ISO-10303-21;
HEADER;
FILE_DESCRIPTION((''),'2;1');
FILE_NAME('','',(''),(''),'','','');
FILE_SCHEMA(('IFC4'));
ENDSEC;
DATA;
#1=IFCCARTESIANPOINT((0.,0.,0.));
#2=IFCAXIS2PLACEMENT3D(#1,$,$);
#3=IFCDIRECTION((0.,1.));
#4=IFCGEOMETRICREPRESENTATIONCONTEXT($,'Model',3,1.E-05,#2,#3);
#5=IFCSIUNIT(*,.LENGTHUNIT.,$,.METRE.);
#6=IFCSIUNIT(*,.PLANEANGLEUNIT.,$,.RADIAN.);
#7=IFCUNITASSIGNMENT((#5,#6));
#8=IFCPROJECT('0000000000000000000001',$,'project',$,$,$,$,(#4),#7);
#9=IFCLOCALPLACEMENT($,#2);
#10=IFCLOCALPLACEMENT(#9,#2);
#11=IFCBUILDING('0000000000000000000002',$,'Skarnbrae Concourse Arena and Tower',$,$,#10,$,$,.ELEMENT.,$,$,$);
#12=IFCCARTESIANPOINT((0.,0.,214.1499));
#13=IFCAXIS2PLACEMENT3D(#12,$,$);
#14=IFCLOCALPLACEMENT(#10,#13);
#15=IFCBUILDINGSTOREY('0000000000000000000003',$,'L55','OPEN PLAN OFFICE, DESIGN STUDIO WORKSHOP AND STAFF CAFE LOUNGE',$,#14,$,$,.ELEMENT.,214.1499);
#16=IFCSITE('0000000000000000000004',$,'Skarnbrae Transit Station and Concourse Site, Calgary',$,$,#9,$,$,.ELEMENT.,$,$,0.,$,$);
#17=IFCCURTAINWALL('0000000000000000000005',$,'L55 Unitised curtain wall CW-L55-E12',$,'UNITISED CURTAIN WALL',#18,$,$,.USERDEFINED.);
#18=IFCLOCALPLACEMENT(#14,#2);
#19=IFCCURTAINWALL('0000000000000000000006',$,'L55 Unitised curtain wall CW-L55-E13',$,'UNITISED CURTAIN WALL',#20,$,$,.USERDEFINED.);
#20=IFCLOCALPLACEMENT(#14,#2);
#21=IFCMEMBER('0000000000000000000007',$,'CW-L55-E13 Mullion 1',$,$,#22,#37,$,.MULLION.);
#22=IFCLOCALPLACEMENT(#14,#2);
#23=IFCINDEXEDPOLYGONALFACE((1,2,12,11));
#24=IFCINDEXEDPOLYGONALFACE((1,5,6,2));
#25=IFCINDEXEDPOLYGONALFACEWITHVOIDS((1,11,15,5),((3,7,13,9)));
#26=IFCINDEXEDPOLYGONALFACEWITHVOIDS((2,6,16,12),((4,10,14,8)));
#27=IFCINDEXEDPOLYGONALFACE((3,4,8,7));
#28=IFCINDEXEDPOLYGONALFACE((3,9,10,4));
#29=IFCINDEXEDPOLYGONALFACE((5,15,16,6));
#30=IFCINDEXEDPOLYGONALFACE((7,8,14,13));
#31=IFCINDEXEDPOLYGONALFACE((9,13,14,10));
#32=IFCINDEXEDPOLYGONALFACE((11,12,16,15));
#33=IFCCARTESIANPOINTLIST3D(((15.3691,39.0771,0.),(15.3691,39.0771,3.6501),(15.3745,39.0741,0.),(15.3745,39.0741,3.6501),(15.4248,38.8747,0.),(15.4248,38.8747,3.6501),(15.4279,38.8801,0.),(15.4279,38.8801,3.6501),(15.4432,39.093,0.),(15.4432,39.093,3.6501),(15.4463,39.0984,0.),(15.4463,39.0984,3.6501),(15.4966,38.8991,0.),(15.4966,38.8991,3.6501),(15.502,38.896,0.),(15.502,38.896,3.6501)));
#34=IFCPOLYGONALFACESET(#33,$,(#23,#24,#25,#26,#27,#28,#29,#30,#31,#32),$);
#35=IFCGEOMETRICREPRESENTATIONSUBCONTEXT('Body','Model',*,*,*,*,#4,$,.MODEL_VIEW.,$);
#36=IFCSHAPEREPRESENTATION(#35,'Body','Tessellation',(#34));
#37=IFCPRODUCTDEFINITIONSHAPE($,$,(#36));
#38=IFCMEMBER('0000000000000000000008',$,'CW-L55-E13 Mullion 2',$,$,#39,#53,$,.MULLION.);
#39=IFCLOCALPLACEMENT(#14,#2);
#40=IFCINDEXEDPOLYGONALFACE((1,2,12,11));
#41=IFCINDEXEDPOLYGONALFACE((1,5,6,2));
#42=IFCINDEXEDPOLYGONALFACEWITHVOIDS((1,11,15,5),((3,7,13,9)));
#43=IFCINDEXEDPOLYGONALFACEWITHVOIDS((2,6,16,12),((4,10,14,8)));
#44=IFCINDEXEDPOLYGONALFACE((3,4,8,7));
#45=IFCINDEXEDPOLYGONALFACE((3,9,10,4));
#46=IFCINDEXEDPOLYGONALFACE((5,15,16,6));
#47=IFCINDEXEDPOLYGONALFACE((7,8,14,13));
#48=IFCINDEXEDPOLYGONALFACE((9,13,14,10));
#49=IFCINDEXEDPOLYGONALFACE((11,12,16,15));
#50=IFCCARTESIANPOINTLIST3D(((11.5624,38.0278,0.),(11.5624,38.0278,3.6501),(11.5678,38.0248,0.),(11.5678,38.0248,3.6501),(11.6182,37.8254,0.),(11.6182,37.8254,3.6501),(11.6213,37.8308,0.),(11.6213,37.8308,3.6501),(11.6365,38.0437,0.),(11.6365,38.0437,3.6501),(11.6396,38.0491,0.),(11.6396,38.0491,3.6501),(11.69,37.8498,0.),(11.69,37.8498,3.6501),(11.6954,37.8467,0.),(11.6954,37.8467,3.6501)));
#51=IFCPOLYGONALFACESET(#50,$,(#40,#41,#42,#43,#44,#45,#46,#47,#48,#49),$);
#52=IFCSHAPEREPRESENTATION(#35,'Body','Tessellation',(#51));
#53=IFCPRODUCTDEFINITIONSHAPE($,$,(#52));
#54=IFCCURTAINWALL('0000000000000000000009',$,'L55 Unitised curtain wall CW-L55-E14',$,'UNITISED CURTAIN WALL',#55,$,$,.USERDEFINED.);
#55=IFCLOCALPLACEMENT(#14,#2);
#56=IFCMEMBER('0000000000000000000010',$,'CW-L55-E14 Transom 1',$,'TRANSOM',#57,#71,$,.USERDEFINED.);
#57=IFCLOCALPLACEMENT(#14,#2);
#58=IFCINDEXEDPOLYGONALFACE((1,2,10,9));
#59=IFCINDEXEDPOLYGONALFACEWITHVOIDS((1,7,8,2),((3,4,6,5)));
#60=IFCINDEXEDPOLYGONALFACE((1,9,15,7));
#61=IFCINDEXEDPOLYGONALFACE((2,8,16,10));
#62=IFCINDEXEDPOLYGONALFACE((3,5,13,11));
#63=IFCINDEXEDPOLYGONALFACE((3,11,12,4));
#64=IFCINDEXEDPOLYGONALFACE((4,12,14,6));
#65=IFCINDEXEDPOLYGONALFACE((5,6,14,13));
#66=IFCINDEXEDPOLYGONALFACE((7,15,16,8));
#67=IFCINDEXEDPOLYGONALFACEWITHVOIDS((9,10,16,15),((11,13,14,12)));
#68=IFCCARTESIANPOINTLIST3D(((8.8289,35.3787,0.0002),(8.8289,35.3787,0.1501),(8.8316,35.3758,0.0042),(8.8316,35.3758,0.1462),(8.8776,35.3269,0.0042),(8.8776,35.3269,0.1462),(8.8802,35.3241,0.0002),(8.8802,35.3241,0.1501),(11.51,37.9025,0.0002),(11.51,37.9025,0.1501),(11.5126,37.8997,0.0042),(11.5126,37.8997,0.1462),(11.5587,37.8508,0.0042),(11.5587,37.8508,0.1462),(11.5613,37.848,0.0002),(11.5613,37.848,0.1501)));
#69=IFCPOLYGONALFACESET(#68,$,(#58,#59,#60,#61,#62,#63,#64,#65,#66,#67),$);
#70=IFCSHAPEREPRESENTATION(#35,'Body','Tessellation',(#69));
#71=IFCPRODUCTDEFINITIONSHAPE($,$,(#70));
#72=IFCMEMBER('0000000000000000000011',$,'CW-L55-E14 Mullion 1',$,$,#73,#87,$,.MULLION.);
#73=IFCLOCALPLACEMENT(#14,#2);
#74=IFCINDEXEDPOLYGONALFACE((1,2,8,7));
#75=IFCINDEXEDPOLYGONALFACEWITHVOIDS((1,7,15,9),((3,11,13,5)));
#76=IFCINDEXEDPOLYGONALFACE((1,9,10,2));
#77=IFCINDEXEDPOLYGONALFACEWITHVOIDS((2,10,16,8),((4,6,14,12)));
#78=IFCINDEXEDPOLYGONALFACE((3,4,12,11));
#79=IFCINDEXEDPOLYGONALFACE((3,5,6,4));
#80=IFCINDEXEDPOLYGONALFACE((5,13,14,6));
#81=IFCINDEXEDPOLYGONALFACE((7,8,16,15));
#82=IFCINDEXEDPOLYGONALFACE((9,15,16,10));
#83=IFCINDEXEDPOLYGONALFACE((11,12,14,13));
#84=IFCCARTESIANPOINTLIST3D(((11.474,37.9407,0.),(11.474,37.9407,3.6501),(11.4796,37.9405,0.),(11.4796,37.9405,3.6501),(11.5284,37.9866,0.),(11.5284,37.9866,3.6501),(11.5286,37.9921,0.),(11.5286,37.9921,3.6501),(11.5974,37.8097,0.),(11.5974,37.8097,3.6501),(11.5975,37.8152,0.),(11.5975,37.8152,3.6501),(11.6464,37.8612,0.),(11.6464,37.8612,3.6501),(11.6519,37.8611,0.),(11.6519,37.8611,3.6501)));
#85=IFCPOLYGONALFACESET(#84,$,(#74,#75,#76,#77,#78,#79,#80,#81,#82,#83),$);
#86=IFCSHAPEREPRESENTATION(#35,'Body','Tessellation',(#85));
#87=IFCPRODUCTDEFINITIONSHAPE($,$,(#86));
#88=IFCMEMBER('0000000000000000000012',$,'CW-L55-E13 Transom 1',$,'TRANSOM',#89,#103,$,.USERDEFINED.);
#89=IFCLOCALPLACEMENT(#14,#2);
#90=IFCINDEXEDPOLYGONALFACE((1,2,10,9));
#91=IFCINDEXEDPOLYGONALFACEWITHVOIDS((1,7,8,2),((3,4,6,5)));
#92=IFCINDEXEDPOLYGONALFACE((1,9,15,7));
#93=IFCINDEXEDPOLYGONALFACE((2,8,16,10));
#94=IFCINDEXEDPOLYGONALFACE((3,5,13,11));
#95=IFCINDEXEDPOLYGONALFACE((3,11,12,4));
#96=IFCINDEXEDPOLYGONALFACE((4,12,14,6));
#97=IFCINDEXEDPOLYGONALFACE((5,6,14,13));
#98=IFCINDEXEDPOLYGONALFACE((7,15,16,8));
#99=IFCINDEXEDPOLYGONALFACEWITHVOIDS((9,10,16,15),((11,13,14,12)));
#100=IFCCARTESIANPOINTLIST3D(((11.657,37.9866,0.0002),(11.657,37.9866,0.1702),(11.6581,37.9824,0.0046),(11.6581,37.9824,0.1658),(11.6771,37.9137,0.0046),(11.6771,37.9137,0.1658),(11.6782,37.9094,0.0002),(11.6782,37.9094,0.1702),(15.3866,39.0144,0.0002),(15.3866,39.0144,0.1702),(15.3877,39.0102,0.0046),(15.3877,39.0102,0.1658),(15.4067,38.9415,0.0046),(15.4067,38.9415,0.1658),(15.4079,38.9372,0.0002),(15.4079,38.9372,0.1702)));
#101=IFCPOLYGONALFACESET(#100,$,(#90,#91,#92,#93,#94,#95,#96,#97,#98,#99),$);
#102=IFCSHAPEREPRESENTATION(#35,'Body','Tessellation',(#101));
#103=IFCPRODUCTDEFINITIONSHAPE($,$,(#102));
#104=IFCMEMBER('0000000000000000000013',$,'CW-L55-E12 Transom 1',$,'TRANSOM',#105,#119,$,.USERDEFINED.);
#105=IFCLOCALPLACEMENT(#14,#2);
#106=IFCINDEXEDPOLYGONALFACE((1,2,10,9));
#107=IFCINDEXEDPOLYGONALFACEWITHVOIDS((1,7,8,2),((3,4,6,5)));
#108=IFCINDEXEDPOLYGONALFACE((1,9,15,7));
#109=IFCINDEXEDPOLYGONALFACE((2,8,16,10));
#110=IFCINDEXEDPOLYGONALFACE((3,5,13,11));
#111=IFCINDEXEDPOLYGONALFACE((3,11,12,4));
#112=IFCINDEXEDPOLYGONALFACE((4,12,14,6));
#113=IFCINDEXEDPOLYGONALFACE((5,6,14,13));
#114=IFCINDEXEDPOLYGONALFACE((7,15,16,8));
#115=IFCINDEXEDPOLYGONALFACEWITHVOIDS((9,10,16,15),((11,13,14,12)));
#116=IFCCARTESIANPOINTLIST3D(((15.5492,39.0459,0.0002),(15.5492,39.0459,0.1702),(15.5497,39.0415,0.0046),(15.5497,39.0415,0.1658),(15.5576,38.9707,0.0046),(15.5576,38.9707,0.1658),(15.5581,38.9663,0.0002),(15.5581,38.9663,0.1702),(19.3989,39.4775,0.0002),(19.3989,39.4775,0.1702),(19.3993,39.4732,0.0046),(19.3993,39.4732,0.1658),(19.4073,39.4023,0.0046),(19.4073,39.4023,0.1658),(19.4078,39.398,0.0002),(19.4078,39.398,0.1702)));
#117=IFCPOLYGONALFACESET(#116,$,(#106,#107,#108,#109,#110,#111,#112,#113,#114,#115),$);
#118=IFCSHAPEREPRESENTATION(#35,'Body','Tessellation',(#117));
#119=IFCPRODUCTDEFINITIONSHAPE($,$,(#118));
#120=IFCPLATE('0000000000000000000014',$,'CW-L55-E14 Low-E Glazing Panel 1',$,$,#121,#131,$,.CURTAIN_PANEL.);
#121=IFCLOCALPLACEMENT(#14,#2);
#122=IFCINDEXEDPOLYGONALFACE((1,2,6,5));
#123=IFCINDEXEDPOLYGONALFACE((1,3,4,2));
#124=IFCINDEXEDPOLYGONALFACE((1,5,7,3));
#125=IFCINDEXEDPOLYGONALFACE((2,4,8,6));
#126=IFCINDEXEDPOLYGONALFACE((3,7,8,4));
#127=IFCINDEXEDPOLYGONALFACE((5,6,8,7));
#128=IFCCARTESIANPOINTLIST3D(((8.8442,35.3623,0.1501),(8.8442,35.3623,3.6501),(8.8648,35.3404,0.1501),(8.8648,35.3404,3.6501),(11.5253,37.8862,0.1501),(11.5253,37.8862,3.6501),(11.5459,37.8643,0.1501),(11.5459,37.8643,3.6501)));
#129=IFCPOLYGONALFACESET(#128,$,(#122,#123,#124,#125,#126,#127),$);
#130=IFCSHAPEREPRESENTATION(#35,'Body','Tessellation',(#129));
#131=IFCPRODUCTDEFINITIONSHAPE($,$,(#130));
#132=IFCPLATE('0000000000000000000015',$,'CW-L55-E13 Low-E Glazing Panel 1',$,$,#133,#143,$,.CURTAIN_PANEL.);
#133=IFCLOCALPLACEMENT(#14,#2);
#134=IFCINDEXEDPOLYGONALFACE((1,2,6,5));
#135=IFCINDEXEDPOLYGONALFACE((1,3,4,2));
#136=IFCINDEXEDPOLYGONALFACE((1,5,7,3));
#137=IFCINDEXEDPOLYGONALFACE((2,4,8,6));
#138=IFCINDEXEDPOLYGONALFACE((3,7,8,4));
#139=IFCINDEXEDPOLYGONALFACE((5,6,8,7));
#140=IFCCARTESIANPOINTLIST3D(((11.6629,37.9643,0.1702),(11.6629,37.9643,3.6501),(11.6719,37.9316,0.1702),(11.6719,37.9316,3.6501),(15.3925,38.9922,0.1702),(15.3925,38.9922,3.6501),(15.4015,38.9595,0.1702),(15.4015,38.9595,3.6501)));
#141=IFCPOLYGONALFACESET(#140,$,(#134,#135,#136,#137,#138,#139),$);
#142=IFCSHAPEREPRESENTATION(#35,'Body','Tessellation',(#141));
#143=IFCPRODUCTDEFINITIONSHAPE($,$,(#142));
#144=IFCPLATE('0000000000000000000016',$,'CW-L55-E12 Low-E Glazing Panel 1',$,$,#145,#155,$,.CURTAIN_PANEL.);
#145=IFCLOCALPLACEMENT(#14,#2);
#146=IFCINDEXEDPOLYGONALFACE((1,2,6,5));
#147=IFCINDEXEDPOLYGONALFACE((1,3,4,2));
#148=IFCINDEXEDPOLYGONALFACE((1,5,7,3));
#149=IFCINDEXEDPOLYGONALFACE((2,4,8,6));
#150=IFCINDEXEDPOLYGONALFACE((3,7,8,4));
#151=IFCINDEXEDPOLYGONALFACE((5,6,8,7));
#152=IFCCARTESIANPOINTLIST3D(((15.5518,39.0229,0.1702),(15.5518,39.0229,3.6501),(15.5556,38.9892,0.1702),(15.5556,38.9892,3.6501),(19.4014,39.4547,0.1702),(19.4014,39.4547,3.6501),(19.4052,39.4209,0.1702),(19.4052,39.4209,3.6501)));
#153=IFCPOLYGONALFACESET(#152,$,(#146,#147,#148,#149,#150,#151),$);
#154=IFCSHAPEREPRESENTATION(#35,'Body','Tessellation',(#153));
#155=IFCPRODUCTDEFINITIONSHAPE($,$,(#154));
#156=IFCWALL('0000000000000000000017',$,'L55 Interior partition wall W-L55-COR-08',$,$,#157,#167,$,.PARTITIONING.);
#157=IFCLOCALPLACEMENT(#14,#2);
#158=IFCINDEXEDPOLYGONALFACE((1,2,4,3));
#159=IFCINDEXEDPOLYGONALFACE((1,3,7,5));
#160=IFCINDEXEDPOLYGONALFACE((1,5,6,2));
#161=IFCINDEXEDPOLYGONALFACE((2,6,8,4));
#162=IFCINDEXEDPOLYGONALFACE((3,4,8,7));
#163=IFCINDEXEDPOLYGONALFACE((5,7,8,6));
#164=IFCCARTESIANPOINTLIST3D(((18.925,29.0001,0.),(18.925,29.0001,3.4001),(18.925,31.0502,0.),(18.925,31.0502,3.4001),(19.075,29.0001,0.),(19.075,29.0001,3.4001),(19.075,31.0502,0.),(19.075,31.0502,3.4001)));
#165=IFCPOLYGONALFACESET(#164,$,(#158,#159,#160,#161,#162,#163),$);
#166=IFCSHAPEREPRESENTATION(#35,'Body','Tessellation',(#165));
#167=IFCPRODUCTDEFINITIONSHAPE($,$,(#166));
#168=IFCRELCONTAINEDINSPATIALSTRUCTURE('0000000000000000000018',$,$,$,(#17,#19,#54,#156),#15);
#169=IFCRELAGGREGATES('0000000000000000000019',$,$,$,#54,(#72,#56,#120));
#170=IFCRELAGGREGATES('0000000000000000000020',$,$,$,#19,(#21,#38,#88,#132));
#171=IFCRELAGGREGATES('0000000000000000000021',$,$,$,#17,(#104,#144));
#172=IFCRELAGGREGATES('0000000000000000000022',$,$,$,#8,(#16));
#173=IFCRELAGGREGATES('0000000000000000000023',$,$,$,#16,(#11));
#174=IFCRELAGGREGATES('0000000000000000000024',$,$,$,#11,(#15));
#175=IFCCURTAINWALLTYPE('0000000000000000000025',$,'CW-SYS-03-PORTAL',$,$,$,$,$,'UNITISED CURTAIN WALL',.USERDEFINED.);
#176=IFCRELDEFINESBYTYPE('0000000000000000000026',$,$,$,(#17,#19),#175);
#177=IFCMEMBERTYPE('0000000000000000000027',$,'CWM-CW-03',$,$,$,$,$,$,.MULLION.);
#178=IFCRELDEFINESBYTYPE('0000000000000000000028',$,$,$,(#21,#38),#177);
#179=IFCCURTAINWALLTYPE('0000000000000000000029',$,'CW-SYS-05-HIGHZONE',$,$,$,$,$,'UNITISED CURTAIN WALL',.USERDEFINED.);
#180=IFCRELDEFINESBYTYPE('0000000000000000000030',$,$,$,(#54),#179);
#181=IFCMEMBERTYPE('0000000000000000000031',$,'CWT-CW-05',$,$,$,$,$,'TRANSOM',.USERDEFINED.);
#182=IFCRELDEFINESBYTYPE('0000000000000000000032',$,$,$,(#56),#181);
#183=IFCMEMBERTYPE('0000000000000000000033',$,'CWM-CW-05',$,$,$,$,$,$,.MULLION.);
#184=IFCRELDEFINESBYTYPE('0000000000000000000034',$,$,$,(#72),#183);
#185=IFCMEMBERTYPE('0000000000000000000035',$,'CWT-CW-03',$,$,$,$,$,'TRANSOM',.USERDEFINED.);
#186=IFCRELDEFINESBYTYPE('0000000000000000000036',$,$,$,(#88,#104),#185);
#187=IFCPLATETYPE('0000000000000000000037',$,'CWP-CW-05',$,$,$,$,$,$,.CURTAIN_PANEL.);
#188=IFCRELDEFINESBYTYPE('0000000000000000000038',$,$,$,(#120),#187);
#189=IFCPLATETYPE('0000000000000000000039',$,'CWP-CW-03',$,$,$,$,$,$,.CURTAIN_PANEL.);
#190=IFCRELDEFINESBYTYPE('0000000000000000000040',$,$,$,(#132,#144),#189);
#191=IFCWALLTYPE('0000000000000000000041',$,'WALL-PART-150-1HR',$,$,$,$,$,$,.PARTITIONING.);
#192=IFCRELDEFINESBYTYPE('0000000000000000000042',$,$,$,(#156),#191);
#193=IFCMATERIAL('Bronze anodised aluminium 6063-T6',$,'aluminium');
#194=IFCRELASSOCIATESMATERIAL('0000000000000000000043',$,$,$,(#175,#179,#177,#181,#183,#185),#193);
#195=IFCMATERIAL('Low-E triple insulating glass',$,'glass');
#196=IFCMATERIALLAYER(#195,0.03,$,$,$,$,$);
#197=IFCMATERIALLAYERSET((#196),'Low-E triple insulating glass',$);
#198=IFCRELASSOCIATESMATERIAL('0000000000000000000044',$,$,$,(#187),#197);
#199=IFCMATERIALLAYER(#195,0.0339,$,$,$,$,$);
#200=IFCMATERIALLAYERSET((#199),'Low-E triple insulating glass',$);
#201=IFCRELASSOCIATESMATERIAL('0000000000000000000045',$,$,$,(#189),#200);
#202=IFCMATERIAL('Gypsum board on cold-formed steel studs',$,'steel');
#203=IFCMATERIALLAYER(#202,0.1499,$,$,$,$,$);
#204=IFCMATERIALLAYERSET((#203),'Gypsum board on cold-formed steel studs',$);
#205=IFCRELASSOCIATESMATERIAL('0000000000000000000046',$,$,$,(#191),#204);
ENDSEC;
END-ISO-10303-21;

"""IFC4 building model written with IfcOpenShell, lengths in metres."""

from ifc_helpers import new_model, si_unit, direction, frame, frame_2d, origin, origin_2d, place, context, subcontext, project, spatial, rectangle, hollow_rectangle, extrude, source, transform, mapped, material, layer, layer_set, material_profile, profile_set, type_object, element, aggregate, save


model = new_model("IFC4")

# Units and contexts
model_context = context("Model", 3, precision=1e-05, world=origin(), true_north=direction((0.0, 1.0)))
body_context = subcontext(model_context, "Body", "Model", "MODEL_VIEW")
ifc_project = project(units=[si_unit("LENGTHUNIT", "METRE"), si_unit("PLANEANGLEUNIT", "RADIAN")], contexts=[model_context])

# Site, building, storey
site_placement = place(None, origin())
site = spatial("IfcSite", under=ifc_project, at=site_placement, Name="Skarnbrae Transit Station and Concourse Site, Calgary", CompositionType="ELEMENT", RefElevation=0.0)
building_placement = place(site_placement, origin())
building = spatial("IfcBuilding", under=site, at=building_placement, Name="Skarnbrae Concourse Arena and Tower", CompositionType="ELEMENT")
storey_placement = place(building_placement, frame((0.0, 0.0, 214.1499)))
storey = spatial("IfcBuildingStorey", under=building, at=storey_placement, Name="L55", Description="OPEN PLAN OFFICE, DESIGN STUDIO WORKSHOP AND STAFF CAFE LOUNGE", CompositionType="ELEMENT", Elevation=214.1499)

# Shared definitions
ifc_material_1 = material(Name="Bronze anodised aluminium 6063-T6", Category="aluminium")
curtain_wall_type_1 = type_object("IfcCurtainWallType", Name="CW-SYS-03-PORTAL", ElementType="UNITISED CURTAIN WALL", PredefinedType="USERDEFINED", material=ifc_material_1)
ifc_material_profile_1 = material_profile(ifc_material_1, hollow_rectangle(XDim=0.0801, YDim=0.21, WallThickness=0.0044, at=origin_2d()), Name="ALU-MULL-80X210")
ifc_profile_set_1 = profile_set([ifc_material_profile_1], Name="Bronze anodised aluminium 6063-T6")
member_type_1 = type_object("IfcMemberType", Name="CWM-CW-03", PredefinedType="MULLION", material=ifc_profile_set_1)
shared_shape_1 = source(origin(), body_context, "Body", "SweptSolid", [
    extrude(hollow_rectangle(XDim=0.0801, YDim=0.21, WallThickness=0.0044, at=origin_2d()), origin(), (0.0, 0.0, 1.0), 3.6501),
])

# Curtain walls, members
curtain_wall_1_placement = place(storey_placement, origin())
curtain_wall_1 = element("IfcCurtainWall", 1, at=curtain_wall_1_placement, inside=storey, type_object=curtain_wall_type_1, Name="L55 Unitised curtain wall CW-L55-E12", ObjectType="UNITISED CURTAIN WALL", PredefinedType="USERDEFINED")
curtain_wall_2_placement = place(storey_placement, origin())
curtain_wall_2 = element("IfcCurtainWall", 2, at=curtain_wall_2_placement, inside=storey, type_object=curtain_wall_type_1, Name="L55 Unitised curtain wall CW-L55-E13", ObjectType="UNITISED CURTAIN WALL", PredefinedType="USERDEFINED")
member_1_placement = place(storey_placement, frame((15.4355, 38.9866, 0.0), z_axis=(0.0, 0.0, 1.0), x_axis=(-0.964057, -0.265694, 0.0)))
member_1 = element("IfcMember", 3, at=member_1_placement, type_object=member_type_1, Name="CW-L55-E13 Mullion 1", PredefinedType="MULLION", context=body_context, shape_type="MappedRepresentation", body=[
    mapped(shared_shape_1, transform((0.0, 0.0, 0.0))),
])
member_2_placement = place(storey_placement, frame((11.6289, 37.9373, 0.0), z_axis=(0.0, 0.0, 1.0), x_axis=(-0.964057, -0.265694, 0.0)))
member_2 = element("IfcMember", 4, at=member_2_placement, type_object=member_type_1, Name="CW-L55-E13 Mullion 2", PredefinedType="MULLION", context=body_context, shape_type="MappedRepresentation", body=[
    mapped(shared_shape_1, transform((0.0, 0.0, 0.0))),
])
curtain_wall_type_2 = type_object("IfcCurtainWallType", Name="CW-SYS-05-HIGHZONE", ElementType="UNITISED CURTAIN WALL", PredefinedType="USERDEFINED", material=ifc_material_1)
curtain_wall_3_placement = place(storey_placement, origin())
curtain_wall_3 = element("IfcCurtainWall", 5, at=curtain_wall_3_placement, inside=storey, type_object=curtain_wall_type_2, Name="L55 Unitised curtain wall CW-L55-E14", ObjectType="UNITISED CURTAIN WALL", PredefinedType="USERDEFINED")
ifc_material_profile_2 = material_profile(ifc_material_1, hollow_rectangle(XDim=0.075, YDim=0.1499, WallThickness=0.0039, at=origin_2d()), Name="ALU-TRAN-75X150")
ifc_profile_set_2 = profile_set([ifc_material_profile_2], Name="Bronze anodised aluminium 6063-T6")
member_type_2 = type_object("IfcMemberType", Name="CWT-CW-05", ElementType="TRANSOM", PredefinedType="USERDEFINED", material=ifc_profile_set_2)
shared_shape_2 = source(origin(), body_context, "Body", "SweptSolid", [
    extrude(hollow_rectangle(XDim=0.075, YDim=0.1499, WallThickness=0.0039, at=origin_2d()), origin(), (0.0, 0.0, 1.0), 3.6821),
])
member_3_placement = place(storey_placement, frame((11.5356, 37.8752, 0.0752), z_axis=(-0.728134, -0.685435, 0.0), x_axis=(0.685435, -0.728134, 0.0)))
member_3 = element("IfcMember", 6, at=member_3_placement, type_object=member_type_2, Name="CW-L55-E14 Transom 1", ObjectType="TRANSOM", PredefinedType="USERDEFINED", context=body_context, shape_type="MappedRepresentation", body=[
    mapped(shared_shape_2, transform((0.0, 0.0, 0.0))),
])
ifc_material_profile_3 = material_profile(ifc_material_1, hollow_rectangle(XDim=0.075, YDim=0.1799, WallThickness=0.0039, at=origin_2d()), Name="ALU-MULL-75X180")
ifc_profile_set_3 = profile_set([ifc_material_profile_3], Name="Bronze anodised aluminium 6063-T6")
member_type_3 = type_object("IfcMemberType", Name="CWM-CW-05", PredefinedType="MULLION", material=ifc_profile_set_3)
shared_shape_3 = source(origin(), body_context, "Body", "SweptSolid", [
    extrude(hollow_rectangle(XDim=0.075, YDim=0.1799, WallThickness=0.0039, at=origin_2d()), origin(), (0.0, 0.0, 1.0), 3.6501),
])
member_4_placement = place(storey_placement, frame((11.563, 37.9009, 0.0), z_axis=(0.0, 0.0, 1.0), x_axis=(-0.728131, -0.685438, 0.0)))
member_4 = element("IfcMember", 7, at=member_4_placement, type_object=member_type_3, Name="CW-L55-E14 Mullion 1", PredefinedType="MULLION", context=body_context, shape_type="MappedRepresentation", body=[
    mapped(shared_shape_3, transform((0.0, 0.0, 0.0))),
])

# Members
ifc_material_profile_4 = material_profile(ifc_material_1, hollow_rectangle(XDim=0.0801, YDim=0.1699, WallThickness=0.0044, at=origin_2d()), Name="ALU-TRAN-80X170")
ifc_profile_set_4 = profile_set([ifc_material_profile_4], Name="Bronze anodised aluminium 6063-T6")
member_type_4 = type_object("IfcMemberType", Name="CWT-CW-03", ElementType="TRANSOM", PredefinedType="USERDEFINED", material=ifc_profile_set_4)
shared_shape_4 = source(origin(), body_context, "Body", "SweptSolid", [
    extrude(hollow_rectangle(XDim=0.0801, YDim=0.1699, WallThickness=0.0044, at=origin_2d()), origin(), (0.0, 0.0, 1.0), 3.8687),
])
member_5_placement = place(storey_placement, frame((15.3972, 38.9758, 0.0852), z_axis=(-0.964063, -0.265674, 0.0), x_axis=(0.265674, -0.964063, 0.0)))
member_5 = element("IfcMember", 8, at=member_5_placement, type_object=member_type_4, Name="CW-L55-E13 Transom 1", ObjectType="TRANSOM", PredefinedType="USERDEFINED", context=body_context, shape_type="MappedRepresentation", body=[
    mapped(shared_shape_4, transform((0.0, 0.0, 0.0))),
])
shared_shape_5 = source(origin(), body_context, "Body", "SweptSolid", [
    extrude(hollow_rectangle(XDim=0.0801, YDim=0.1699, WallThickness=0.0044, at=origin_2d()), origin(), (0.0, 0.0, 1.0), 3.8738),
])
member_6_placement = place(storey_placement, frame((19.4033, 39.4377, 0.0852), z_axis=(-0.993773, -0.111428, 0.0), x_axis=(0.111428, -0.993773, 0.0)))
member_6 = element("IfcMember", 9, at=member_6_placement, type_object=member_type_4, Name="CW-L55-E12 Transom 1", ObjectType="TRANSOM", PredefinedType="USERDEFINED", context=body_context, shape_type="MappedRepresentation", body=[
    mapped(shared_shape_5, transform((0.0, 0.0, 0.0))),
])

# Plates
ifc_material_2 = material(Name="Low-E triple insulating glass", Category="glass")
ifc_layer_1 = layer(ifc_material_2, 0.03)
ifc_layer_set_1 = layer_set([ifc_layer_1], Name="Low-E triple insulating glass")
plate_type_1 = type_object("IfcPlateType", Name="CWP-CW-05", PredefinedType="CURTAIN_PANEL", material=ifc_layer_set_1)
shared_shape_6 = source(origin(), body_context, "Body", "SweptSolid", [
    extrude(rectangle(XDim=3.6821, YDim=0.03, at=origin_2d()), origin(), (0.0, 0.0, 1.0), 3.5),
])
plate_1_placement = place(storey_placement, frame((10.1951, 36.6133, 0.1501), z_axis=(0.0, 0.0, 1.0), x_axis=(-0.728131, -0.685438, 0.0)))
plate_1 = element("IfcPlate", 10, at=plate_1_placement, type_object=plate_type_1, Name="CW-L55-E14 Low-E Glazing Panel 1", PredefinedType="CURTAIN_PANEL", context=body_context, shape_type="MappedRepresentation", body=[
    mapped(shared_shape_6, transform((0.0, 0.0, 0.0))),
])
aggregate(curtain_wall_3, [member_4, member_3, plate_1])
ifc_layer_2 = layer(ifc_material_2, 0.0339)
ifc_layer_set_2 = layer_set([ifc_layer_2], Name="Low-E triple insulating glass")
plate_type_2 = type_object("IfcPlateType", Name="CWP-CW-03", PredefinedType="CURTAIN_PANEL", material=ifc_layer_set_2)
shared_shape_7 = source(origin(), body_context, "Body", "SweptSolid", [
    extrude(rectangle(XDim=3.8687, YDim=0.0339, at=origin_2d()), origin(), (0.0, 0.0, 1.0), 3.48),
])
plate_2_placement = place(storey_placement, frame((13.5322, 38.4619, 0.1702), z_axis=(0.0, 0.0, 1.0), x_axis=(-0.964057, -0.265694, 0.0)))
plate_2 = element("IfcPlate", 11, at=plate_2_placement, type_object=plate_type_2, Name="CW-L55-E13 Low-E Glazing Panel 1", PredefinedType="CURTAIN_PANEL", context=body_context, shape_type="MappedRepresentation", body=[
    mapped(shared_shape_7, transform((0.0, 0.0, 0.0))),
])
aggregate(curtain_wall_2, [member_1, member_2, member_5, plate_2])
shared_shape_8 = source(origin(), body_context, "Body", "SweptSolid", [
    extrude(rectangle(XDim=3.8738, YDim=0.0339, at=origin_2d()), origin(), (0.0, 0.0, 1.0), 3.48),
])
plate_3_placement = place(storey_placement, frame((17.4785, 39.2219, 0.1702), z_axis=(0.0, 0.0, 1.0), x_axis=(-0.993769, -0.11146, 0.0)))
plate_3 = element("IfcPlate", 12, at=plate_3_placement, type_object=plate_type_2, Name="CW-L55-E12 Low-E Glazing Panel 1", PredefinedType="CURTAIN_PANEL", context=body_context, shape_type="MappedRepresentation", body=[
    mapped(shared_shape_8, transform((0.0, 0.0, 0.0))),
])
aggregate(curtain_wall_1, [member_6, plate_3])

# Wall
ifc_material_3 = material(Name="Gypsum board on cold-formed steel studs", Category="steel")
ifc_layer_3 = layer(ifc_material_3, 0.1499)
ifc_layer_set_3 = layer_set([ifc_layer_3], Name="Gypsum board on cold-formed steel studs")
wall_type_1 = type_object("IfcWallType", Name="WALL-PART-150-1HR", PredefinedType="PARTITIONING", material=ifc_layer_set_3)
shared_shape_9 = source(origin(), body_context, "Body", "SweptSolid", [
    extrude(rectangle(XDim=2.05, YDim=0.1499, at=frame_2d((1.0249, 0.0))), origin(), (0.0, 0.0, 1.0), 3.4001),
])
wall_1_placement = place(storey_placement, frame((19.0, 31.05, 0.0), z_axis=(0.0, 0.0, 1.0), x_axis=(0.0, -1.0, 0.0)))
element("IfcWall", 13, at=wall_1_placement, inside=storey, type_object=wall_type_1, Name="L55 Interior partition wall W-L55-COR-08", PredefinedType="PARTITIONING", context=body_context, shape_type="MappedRepresentation", body=[
    mapped(shared_shape_9, transform((0.0, 0.0, 0.0))),
])

save(model, "model.ifc")
